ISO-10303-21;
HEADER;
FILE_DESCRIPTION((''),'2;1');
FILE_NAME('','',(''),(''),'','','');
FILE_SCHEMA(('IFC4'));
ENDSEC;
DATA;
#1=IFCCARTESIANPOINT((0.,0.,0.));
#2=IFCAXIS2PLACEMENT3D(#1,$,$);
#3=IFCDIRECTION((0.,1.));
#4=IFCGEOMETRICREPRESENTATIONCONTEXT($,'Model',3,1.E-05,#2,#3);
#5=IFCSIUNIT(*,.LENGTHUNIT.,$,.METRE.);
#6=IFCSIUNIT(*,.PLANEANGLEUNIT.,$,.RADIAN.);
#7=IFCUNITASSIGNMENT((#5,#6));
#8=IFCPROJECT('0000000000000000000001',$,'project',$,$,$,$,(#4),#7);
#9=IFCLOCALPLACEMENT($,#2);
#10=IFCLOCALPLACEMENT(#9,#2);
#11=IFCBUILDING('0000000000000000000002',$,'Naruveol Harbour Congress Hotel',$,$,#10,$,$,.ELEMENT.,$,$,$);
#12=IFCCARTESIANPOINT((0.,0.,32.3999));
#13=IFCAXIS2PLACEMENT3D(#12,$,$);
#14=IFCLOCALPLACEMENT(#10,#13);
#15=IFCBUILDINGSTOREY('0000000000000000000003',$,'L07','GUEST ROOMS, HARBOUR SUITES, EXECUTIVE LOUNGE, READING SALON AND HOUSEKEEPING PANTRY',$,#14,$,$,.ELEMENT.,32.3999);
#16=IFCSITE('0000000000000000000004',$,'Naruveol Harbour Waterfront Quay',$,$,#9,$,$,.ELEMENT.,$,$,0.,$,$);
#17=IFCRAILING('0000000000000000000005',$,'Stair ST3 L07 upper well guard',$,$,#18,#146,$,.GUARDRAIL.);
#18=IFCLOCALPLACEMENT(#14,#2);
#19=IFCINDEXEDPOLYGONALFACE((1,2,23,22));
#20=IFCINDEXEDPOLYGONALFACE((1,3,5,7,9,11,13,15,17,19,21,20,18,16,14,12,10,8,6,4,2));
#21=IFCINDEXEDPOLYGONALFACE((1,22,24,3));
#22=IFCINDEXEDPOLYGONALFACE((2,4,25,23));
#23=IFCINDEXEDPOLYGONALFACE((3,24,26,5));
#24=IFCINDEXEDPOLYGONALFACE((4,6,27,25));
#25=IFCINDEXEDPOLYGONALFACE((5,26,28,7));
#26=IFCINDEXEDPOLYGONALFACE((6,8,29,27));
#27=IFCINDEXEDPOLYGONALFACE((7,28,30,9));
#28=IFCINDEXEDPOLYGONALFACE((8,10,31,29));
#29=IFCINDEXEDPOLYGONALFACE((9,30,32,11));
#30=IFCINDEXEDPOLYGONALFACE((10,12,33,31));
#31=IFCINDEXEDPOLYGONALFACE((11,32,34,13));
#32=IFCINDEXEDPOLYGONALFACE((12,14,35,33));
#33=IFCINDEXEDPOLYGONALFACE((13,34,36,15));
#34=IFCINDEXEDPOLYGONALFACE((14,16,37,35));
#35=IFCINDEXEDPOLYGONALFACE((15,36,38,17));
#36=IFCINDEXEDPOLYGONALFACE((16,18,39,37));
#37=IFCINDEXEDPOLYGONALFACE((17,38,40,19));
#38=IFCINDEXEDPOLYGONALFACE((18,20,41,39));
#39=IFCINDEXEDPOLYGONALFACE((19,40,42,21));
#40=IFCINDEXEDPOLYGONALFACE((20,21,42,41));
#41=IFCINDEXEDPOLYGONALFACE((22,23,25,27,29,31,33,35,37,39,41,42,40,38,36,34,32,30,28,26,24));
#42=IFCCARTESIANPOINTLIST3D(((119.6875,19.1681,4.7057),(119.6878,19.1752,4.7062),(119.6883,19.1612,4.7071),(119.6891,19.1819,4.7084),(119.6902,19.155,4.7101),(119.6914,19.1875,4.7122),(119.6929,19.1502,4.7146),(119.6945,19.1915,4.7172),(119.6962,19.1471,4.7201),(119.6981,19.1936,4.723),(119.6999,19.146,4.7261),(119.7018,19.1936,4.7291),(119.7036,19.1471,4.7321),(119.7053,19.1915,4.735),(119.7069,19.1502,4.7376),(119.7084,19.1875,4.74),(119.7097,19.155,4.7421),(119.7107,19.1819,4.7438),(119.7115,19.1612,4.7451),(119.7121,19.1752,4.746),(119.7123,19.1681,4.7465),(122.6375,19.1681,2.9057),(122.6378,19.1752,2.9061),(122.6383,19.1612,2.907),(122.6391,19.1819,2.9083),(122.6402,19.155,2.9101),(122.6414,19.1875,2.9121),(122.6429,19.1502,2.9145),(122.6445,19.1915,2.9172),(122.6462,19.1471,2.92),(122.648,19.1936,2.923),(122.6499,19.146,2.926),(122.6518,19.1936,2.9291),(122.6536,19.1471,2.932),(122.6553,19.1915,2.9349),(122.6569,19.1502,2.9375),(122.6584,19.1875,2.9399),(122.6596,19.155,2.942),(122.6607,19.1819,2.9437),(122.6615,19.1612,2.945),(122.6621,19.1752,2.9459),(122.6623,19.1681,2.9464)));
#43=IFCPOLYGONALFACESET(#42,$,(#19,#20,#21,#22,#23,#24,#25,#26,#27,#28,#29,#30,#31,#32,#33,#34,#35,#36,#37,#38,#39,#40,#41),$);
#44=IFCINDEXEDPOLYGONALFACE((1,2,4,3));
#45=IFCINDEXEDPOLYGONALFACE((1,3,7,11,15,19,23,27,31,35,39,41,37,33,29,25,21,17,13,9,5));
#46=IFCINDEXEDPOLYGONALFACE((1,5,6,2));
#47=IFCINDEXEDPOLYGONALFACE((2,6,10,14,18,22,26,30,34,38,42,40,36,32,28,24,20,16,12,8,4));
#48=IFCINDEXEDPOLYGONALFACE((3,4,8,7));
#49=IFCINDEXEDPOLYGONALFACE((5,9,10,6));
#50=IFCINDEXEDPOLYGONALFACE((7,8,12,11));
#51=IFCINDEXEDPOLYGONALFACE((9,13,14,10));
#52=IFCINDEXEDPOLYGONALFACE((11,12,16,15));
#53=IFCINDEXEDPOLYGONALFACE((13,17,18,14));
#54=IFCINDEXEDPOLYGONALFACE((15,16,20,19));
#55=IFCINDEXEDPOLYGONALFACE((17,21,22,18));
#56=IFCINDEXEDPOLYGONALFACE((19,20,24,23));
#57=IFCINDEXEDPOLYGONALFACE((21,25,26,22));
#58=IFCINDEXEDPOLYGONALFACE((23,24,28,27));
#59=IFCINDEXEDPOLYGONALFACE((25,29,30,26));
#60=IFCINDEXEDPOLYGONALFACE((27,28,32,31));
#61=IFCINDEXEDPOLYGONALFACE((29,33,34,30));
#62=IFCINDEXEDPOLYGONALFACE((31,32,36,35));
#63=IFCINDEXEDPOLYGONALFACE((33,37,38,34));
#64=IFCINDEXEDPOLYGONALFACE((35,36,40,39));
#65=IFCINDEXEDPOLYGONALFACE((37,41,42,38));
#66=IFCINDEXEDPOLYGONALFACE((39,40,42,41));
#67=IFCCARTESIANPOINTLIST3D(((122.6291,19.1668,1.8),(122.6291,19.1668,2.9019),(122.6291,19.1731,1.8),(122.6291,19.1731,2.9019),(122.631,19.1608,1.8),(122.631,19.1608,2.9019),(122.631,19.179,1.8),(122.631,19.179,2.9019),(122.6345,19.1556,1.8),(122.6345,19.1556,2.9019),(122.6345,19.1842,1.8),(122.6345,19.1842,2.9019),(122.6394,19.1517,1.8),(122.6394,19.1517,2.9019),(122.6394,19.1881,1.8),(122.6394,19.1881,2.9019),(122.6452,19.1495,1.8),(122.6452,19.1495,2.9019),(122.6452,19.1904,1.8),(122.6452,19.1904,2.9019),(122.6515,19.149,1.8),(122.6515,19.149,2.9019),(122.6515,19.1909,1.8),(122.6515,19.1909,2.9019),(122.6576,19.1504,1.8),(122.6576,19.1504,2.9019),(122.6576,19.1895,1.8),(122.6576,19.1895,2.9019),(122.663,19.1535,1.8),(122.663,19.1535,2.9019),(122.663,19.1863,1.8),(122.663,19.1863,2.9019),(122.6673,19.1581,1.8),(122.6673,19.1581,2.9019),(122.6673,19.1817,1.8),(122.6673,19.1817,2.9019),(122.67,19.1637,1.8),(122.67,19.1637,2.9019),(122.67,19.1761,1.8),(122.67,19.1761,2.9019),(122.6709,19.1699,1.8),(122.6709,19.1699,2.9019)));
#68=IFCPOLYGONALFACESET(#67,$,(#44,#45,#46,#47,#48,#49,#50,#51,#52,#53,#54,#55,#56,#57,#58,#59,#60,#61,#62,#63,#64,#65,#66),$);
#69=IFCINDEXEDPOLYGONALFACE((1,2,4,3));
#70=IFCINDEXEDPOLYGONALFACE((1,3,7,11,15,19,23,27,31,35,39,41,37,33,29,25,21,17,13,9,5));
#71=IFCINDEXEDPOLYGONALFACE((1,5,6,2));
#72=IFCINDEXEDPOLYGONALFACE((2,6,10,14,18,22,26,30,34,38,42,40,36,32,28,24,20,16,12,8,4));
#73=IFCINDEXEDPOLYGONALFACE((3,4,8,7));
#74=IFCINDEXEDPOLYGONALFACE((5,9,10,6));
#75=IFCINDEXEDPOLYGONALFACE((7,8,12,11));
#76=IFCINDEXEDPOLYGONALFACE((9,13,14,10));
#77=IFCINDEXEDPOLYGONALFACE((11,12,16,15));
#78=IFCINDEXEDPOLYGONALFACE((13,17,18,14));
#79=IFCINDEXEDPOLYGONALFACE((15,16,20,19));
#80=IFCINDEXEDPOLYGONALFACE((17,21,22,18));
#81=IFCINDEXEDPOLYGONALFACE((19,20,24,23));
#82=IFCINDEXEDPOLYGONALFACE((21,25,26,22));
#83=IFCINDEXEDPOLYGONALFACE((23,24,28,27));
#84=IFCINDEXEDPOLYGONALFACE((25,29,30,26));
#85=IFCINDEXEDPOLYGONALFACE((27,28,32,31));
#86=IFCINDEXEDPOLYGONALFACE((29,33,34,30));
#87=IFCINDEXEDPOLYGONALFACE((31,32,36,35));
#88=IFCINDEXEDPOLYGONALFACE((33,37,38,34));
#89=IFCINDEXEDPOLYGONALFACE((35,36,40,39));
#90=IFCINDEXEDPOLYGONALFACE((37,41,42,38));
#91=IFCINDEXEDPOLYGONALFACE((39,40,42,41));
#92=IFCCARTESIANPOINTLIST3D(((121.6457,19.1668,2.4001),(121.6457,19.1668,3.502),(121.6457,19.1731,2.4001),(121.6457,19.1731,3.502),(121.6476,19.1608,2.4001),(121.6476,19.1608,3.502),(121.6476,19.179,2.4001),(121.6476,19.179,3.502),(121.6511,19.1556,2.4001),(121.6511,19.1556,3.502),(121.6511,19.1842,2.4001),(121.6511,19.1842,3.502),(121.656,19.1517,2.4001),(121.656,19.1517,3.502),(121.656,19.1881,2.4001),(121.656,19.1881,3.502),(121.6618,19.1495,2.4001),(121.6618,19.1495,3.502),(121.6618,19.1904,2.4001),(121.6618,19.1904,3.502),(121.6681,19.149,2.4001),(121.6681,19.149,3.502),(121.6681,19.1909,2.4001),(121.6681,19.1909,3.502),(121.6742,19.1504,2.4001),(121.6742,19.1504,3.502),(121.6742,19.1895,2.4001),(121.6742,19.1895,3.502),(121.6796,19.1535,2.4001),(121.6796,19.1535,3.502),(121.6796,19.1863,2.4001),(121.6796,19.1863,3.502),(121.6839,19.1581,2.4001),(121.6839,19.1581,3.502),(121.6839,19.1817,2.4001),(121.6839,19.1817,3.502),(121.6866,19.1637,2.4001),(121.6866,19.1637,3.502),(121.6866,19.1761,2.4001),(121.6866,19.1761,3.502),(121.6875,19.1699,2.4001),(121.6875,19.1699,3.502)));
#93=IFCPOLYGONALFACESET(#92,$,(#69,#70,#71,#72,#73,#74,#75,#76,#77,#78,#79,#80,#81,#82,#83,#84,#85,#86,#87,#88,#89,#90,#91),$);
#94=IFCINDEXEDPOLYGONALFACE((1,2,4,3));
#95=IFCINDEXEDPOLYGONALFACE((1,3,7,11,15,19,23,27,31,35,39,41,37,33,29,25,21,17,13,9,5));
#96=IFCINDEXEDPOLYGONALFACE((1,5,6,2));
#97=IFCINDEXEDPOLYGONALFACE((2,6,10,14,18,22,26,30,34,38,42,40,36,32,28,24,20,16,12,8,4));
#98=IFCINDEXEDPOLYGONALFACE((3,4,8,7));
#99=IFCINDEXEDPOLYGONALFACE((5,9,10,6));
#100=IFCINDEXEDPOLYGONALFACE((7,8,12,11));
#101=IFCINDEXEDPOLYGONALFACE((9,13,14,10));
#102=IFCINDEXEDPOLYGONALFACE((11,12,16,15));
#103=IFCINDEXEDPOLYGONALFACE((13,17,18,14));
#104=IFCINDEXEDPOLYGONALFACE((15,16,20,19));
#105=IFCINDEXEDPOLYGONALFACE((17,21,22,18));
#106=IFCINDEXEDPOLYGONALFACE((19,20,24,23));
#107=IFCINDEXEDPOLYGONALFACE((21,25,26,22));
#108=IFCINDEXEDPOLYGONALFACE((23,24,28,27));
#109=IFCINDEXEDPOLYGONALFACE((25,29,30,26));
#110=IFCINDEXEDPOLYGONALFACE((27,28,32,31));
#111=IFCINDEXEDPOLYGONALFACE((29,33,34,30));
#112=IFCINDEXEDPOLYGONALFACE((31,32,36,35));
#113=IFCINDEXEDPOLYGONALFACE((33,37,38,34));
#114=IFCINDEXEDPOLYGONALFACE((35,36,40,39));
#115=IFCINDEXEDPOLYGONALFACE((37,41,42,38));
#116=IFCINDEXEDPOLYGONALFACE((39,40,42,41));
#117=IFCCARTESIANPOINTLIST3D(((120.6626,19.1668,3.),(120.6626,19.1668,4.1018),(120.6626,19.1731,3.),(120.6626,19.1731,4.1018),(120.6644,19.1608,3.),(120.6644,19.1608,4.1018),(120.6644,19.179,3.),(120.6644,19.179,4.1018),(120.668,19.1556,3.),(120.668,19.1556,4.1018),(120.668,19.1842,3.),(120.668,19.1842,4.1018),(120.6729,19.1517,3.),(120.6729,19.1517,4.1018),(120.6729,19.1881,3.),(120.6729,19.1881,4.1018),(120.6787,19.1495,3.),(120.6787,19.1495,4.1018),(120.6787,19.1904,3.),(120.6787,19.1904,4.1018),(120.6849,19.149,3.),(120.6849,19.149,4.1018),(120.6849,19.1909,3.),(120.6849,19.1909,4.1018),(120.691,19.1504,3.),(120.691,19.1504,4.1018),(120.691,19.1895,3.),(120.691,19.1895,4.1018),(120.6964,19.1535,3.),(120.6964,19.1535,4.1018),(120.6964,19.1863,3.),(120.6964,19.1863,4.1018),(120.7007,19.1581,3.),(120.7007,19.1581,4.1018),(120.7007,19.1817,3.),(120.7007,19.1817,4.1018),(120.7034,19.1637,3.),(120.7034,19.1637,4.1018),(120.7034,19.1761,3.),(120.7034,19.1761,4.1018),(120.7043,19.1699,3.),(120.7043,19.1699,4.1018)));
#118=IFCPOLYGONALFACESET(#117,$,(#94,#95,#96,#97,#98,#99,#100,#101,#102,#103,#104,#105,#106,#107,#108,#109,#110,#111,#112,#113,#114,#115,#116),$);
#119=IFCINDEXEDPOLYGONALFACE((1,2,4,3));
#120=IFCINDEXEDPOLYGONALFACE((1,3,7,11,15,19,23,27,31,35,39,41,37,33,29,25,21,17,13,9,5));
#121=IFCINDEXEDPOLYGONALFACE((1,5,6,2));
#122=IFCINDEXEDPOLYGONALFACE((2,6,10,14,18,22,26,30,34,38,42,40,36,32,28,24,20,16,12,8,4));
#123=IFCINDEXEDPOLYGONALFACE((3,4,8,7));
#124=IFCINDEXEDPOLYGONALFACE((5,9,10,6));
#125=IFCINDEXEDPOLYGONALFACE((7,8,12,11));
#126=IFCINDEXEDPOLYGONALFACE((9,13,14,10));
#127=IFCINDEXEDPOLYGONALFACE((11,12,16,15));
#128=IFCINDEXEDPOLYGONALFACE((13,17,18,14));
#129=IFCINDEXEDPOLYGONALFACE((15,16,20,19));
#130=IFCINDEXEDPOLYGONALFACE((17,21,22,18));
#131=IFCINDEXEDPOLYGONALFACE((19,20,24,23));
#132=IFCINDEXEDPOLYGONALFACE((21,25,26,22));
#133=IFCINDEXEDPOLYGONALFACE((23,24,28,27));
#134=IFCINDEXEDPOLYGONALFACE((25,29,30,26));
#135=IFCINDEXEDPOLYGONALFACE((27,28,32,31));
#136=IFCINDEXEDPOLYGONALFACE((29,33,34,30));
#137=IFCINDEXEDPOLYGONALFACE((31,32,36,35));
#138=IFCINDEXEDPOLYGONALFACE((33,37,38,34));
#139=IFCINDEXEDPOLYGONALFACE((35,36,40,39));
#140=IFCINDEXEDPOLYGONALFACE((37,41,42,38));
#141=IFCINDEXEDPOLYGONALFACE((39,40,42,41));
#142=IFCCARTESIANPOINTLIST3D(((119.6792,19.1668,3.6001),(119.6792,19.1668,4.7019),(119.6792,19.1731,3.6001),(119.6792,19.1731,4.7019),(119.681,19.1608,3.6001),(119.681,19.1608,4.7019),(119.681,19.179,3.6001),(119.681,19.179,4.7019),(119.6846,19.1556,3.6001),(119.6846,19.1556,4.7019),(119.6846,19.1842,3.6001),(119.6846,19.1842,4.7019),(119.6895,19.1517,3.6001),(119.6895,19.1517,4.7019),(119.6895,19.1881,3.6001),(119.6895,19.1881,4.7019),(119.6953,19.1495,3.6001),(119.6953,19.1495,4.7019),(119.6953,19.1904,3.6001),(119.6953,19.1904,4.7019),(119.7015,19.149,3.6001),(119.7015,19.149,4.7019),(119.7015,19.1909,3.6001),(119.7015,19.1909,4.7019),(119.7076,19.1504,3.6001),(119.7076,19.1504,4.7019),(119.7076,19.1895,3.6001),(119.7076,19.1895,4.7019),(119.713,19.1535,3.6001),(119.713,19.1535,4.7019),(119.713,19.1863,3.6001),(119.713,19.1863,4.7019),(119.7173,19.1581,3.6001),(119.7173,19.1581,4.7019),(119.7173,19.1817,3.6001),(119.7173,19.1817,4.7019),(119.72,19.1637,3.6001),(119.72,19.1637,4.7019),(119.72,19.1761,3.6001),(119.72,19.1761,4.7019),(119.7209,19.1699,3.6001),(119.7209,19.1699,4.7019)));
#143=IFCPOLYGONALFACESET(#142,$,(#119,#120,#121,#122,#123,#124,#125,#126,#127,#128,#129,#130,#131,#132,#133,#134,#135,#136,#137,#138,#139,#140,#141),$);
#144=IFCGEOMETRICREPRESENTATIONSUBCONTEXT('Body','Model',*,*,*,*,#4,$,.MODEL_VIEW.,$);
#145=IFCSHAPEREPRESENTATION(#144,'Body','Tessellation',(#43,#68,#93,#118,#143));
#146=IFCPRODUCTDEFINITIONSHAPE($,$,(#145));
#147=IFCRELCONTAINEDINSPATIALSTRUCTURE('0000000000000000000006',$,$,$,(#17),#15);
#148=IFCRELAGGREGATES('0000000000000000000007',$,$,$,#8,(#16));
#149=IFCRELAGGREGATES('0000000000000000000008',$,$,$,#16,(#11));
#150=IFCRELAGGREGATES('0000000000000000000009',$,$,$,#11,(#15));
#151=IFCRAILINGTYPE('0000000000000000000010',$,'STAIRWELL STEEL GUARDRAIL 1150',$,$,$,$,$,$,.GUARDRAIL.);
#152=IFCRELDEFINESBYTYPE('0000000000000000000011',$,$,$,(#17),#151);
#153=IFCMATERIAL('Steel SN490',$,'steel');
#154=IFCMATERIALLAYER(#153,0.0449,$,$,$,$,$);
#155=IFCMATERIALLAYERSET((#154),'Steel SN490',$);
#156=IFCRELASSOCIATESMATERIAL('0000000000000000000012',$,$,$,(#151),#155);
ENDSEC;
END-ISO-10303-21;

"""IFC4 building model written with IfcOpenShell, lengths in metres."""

from ifc_helpers import new_model, si_unit, direction, frame, origin, origin_2d, place, context, subcontext, project, spatial, circle, extrude, material, layer, layer_set, type_object, element, save


model = new_model("IFC4")

# Units and contexts
model_context = context("Model", 3, precision=1e-05, world=origin(), true_north=direction((0.0, 1.0)))
body_context = subcontext(model_context, "Body", "Model", "MODEL_VIEW")
ifc_project = project(units=[si_unit("LENGTHUNIT", "METRE"), si_unit("PLANEANGLEUNIT", "RADIAN")], contexts=[model_context])

# Site, building, storey
site_placement = place(None, origin())
site = spatial("IfcSite", under=ifc_project, at=site_placement, Name="Naruveol Harbour Waterfront Quay", CompositionType="ELEMENT", RefElevation=0.0)
building_placement = place(site_placement, origin())
building = spatial("IfcBuilding", under=site, at=building_placement, Name="Naruveol Harbour Congress Hotel", CompositionType="ELEMENT")
storey_placement = place(building_placement, frame((0.0, 0.0, 32.3999)))
storey = spatial("IfcBuildingStorey", under=building, at=storey_placement, Name="L07", Description="GUEST ROOMS, HARBOUR SUITES, EXECUTIVE LOUNGE, READING SALON AND HOUSEKEEPING PANTRY", CompositionType="ELEMENT", Elevation=32.3999)

# Railing
ifc_material_1 = material(Name="Steel SN490", Category="steel")
ifc_layer_1 = layer(ifc_material_1, 0.0449)
ifc_layer_set_1 = layer_set([ifc_layer_1], Name="Steel SN490")
railing_type_1 = type_object("IfcRailingType", Name="STAIRWELL STEEL GUARDRAIL 1150", PredefinedType="GUARDRAIL", material=ifc_layer_set_1)
railing_1_placement = place(storey_placement, frame((122.6499, 19.1699, 1.8)))
element("IfcRailing", 1, at=railing_1_placement, inside=storey, type_object=railing_type_1, Name="Stair ST3 L07 upper well guard", PredefinedType="GUARDRAIL", context=body_context, shape_type="SweptSolid", body=[
    extrude(circle(Radius=0.0239, at=origin_2d()), frame((0.0, 0.0, 1.126), z_axis=(-0.853629, 0.0, 0.520881), x_axis=(0.0, -1.0, 0.0)), (0.0, 0.0, 1.0), 3.4558),
    extrude(circle(Radius=0.021, at=origin_2d()), origin(), (0.0, 0.0, 1.0), 1.1018),
    extrude(circle(Radius=0.021, at=origin_2d()), frame((-0.9834, 0.0, 0.6001)), (0.0, 0.0, 1.0), 1.1018),
    extrude(circle(Radius=0.021, at=origin_2d()), frame((-1.9666, 0.0, 1.2)), (0.0, 0.0, 1.0), 1.1018),
    extrude(circle(Radius=0.021, at=origin_2d()), frame((-2.95, 0.0, 1.8)), (0.0, 0.0, 1.0), 1.1018),
])

save(model, "model.ifc")
